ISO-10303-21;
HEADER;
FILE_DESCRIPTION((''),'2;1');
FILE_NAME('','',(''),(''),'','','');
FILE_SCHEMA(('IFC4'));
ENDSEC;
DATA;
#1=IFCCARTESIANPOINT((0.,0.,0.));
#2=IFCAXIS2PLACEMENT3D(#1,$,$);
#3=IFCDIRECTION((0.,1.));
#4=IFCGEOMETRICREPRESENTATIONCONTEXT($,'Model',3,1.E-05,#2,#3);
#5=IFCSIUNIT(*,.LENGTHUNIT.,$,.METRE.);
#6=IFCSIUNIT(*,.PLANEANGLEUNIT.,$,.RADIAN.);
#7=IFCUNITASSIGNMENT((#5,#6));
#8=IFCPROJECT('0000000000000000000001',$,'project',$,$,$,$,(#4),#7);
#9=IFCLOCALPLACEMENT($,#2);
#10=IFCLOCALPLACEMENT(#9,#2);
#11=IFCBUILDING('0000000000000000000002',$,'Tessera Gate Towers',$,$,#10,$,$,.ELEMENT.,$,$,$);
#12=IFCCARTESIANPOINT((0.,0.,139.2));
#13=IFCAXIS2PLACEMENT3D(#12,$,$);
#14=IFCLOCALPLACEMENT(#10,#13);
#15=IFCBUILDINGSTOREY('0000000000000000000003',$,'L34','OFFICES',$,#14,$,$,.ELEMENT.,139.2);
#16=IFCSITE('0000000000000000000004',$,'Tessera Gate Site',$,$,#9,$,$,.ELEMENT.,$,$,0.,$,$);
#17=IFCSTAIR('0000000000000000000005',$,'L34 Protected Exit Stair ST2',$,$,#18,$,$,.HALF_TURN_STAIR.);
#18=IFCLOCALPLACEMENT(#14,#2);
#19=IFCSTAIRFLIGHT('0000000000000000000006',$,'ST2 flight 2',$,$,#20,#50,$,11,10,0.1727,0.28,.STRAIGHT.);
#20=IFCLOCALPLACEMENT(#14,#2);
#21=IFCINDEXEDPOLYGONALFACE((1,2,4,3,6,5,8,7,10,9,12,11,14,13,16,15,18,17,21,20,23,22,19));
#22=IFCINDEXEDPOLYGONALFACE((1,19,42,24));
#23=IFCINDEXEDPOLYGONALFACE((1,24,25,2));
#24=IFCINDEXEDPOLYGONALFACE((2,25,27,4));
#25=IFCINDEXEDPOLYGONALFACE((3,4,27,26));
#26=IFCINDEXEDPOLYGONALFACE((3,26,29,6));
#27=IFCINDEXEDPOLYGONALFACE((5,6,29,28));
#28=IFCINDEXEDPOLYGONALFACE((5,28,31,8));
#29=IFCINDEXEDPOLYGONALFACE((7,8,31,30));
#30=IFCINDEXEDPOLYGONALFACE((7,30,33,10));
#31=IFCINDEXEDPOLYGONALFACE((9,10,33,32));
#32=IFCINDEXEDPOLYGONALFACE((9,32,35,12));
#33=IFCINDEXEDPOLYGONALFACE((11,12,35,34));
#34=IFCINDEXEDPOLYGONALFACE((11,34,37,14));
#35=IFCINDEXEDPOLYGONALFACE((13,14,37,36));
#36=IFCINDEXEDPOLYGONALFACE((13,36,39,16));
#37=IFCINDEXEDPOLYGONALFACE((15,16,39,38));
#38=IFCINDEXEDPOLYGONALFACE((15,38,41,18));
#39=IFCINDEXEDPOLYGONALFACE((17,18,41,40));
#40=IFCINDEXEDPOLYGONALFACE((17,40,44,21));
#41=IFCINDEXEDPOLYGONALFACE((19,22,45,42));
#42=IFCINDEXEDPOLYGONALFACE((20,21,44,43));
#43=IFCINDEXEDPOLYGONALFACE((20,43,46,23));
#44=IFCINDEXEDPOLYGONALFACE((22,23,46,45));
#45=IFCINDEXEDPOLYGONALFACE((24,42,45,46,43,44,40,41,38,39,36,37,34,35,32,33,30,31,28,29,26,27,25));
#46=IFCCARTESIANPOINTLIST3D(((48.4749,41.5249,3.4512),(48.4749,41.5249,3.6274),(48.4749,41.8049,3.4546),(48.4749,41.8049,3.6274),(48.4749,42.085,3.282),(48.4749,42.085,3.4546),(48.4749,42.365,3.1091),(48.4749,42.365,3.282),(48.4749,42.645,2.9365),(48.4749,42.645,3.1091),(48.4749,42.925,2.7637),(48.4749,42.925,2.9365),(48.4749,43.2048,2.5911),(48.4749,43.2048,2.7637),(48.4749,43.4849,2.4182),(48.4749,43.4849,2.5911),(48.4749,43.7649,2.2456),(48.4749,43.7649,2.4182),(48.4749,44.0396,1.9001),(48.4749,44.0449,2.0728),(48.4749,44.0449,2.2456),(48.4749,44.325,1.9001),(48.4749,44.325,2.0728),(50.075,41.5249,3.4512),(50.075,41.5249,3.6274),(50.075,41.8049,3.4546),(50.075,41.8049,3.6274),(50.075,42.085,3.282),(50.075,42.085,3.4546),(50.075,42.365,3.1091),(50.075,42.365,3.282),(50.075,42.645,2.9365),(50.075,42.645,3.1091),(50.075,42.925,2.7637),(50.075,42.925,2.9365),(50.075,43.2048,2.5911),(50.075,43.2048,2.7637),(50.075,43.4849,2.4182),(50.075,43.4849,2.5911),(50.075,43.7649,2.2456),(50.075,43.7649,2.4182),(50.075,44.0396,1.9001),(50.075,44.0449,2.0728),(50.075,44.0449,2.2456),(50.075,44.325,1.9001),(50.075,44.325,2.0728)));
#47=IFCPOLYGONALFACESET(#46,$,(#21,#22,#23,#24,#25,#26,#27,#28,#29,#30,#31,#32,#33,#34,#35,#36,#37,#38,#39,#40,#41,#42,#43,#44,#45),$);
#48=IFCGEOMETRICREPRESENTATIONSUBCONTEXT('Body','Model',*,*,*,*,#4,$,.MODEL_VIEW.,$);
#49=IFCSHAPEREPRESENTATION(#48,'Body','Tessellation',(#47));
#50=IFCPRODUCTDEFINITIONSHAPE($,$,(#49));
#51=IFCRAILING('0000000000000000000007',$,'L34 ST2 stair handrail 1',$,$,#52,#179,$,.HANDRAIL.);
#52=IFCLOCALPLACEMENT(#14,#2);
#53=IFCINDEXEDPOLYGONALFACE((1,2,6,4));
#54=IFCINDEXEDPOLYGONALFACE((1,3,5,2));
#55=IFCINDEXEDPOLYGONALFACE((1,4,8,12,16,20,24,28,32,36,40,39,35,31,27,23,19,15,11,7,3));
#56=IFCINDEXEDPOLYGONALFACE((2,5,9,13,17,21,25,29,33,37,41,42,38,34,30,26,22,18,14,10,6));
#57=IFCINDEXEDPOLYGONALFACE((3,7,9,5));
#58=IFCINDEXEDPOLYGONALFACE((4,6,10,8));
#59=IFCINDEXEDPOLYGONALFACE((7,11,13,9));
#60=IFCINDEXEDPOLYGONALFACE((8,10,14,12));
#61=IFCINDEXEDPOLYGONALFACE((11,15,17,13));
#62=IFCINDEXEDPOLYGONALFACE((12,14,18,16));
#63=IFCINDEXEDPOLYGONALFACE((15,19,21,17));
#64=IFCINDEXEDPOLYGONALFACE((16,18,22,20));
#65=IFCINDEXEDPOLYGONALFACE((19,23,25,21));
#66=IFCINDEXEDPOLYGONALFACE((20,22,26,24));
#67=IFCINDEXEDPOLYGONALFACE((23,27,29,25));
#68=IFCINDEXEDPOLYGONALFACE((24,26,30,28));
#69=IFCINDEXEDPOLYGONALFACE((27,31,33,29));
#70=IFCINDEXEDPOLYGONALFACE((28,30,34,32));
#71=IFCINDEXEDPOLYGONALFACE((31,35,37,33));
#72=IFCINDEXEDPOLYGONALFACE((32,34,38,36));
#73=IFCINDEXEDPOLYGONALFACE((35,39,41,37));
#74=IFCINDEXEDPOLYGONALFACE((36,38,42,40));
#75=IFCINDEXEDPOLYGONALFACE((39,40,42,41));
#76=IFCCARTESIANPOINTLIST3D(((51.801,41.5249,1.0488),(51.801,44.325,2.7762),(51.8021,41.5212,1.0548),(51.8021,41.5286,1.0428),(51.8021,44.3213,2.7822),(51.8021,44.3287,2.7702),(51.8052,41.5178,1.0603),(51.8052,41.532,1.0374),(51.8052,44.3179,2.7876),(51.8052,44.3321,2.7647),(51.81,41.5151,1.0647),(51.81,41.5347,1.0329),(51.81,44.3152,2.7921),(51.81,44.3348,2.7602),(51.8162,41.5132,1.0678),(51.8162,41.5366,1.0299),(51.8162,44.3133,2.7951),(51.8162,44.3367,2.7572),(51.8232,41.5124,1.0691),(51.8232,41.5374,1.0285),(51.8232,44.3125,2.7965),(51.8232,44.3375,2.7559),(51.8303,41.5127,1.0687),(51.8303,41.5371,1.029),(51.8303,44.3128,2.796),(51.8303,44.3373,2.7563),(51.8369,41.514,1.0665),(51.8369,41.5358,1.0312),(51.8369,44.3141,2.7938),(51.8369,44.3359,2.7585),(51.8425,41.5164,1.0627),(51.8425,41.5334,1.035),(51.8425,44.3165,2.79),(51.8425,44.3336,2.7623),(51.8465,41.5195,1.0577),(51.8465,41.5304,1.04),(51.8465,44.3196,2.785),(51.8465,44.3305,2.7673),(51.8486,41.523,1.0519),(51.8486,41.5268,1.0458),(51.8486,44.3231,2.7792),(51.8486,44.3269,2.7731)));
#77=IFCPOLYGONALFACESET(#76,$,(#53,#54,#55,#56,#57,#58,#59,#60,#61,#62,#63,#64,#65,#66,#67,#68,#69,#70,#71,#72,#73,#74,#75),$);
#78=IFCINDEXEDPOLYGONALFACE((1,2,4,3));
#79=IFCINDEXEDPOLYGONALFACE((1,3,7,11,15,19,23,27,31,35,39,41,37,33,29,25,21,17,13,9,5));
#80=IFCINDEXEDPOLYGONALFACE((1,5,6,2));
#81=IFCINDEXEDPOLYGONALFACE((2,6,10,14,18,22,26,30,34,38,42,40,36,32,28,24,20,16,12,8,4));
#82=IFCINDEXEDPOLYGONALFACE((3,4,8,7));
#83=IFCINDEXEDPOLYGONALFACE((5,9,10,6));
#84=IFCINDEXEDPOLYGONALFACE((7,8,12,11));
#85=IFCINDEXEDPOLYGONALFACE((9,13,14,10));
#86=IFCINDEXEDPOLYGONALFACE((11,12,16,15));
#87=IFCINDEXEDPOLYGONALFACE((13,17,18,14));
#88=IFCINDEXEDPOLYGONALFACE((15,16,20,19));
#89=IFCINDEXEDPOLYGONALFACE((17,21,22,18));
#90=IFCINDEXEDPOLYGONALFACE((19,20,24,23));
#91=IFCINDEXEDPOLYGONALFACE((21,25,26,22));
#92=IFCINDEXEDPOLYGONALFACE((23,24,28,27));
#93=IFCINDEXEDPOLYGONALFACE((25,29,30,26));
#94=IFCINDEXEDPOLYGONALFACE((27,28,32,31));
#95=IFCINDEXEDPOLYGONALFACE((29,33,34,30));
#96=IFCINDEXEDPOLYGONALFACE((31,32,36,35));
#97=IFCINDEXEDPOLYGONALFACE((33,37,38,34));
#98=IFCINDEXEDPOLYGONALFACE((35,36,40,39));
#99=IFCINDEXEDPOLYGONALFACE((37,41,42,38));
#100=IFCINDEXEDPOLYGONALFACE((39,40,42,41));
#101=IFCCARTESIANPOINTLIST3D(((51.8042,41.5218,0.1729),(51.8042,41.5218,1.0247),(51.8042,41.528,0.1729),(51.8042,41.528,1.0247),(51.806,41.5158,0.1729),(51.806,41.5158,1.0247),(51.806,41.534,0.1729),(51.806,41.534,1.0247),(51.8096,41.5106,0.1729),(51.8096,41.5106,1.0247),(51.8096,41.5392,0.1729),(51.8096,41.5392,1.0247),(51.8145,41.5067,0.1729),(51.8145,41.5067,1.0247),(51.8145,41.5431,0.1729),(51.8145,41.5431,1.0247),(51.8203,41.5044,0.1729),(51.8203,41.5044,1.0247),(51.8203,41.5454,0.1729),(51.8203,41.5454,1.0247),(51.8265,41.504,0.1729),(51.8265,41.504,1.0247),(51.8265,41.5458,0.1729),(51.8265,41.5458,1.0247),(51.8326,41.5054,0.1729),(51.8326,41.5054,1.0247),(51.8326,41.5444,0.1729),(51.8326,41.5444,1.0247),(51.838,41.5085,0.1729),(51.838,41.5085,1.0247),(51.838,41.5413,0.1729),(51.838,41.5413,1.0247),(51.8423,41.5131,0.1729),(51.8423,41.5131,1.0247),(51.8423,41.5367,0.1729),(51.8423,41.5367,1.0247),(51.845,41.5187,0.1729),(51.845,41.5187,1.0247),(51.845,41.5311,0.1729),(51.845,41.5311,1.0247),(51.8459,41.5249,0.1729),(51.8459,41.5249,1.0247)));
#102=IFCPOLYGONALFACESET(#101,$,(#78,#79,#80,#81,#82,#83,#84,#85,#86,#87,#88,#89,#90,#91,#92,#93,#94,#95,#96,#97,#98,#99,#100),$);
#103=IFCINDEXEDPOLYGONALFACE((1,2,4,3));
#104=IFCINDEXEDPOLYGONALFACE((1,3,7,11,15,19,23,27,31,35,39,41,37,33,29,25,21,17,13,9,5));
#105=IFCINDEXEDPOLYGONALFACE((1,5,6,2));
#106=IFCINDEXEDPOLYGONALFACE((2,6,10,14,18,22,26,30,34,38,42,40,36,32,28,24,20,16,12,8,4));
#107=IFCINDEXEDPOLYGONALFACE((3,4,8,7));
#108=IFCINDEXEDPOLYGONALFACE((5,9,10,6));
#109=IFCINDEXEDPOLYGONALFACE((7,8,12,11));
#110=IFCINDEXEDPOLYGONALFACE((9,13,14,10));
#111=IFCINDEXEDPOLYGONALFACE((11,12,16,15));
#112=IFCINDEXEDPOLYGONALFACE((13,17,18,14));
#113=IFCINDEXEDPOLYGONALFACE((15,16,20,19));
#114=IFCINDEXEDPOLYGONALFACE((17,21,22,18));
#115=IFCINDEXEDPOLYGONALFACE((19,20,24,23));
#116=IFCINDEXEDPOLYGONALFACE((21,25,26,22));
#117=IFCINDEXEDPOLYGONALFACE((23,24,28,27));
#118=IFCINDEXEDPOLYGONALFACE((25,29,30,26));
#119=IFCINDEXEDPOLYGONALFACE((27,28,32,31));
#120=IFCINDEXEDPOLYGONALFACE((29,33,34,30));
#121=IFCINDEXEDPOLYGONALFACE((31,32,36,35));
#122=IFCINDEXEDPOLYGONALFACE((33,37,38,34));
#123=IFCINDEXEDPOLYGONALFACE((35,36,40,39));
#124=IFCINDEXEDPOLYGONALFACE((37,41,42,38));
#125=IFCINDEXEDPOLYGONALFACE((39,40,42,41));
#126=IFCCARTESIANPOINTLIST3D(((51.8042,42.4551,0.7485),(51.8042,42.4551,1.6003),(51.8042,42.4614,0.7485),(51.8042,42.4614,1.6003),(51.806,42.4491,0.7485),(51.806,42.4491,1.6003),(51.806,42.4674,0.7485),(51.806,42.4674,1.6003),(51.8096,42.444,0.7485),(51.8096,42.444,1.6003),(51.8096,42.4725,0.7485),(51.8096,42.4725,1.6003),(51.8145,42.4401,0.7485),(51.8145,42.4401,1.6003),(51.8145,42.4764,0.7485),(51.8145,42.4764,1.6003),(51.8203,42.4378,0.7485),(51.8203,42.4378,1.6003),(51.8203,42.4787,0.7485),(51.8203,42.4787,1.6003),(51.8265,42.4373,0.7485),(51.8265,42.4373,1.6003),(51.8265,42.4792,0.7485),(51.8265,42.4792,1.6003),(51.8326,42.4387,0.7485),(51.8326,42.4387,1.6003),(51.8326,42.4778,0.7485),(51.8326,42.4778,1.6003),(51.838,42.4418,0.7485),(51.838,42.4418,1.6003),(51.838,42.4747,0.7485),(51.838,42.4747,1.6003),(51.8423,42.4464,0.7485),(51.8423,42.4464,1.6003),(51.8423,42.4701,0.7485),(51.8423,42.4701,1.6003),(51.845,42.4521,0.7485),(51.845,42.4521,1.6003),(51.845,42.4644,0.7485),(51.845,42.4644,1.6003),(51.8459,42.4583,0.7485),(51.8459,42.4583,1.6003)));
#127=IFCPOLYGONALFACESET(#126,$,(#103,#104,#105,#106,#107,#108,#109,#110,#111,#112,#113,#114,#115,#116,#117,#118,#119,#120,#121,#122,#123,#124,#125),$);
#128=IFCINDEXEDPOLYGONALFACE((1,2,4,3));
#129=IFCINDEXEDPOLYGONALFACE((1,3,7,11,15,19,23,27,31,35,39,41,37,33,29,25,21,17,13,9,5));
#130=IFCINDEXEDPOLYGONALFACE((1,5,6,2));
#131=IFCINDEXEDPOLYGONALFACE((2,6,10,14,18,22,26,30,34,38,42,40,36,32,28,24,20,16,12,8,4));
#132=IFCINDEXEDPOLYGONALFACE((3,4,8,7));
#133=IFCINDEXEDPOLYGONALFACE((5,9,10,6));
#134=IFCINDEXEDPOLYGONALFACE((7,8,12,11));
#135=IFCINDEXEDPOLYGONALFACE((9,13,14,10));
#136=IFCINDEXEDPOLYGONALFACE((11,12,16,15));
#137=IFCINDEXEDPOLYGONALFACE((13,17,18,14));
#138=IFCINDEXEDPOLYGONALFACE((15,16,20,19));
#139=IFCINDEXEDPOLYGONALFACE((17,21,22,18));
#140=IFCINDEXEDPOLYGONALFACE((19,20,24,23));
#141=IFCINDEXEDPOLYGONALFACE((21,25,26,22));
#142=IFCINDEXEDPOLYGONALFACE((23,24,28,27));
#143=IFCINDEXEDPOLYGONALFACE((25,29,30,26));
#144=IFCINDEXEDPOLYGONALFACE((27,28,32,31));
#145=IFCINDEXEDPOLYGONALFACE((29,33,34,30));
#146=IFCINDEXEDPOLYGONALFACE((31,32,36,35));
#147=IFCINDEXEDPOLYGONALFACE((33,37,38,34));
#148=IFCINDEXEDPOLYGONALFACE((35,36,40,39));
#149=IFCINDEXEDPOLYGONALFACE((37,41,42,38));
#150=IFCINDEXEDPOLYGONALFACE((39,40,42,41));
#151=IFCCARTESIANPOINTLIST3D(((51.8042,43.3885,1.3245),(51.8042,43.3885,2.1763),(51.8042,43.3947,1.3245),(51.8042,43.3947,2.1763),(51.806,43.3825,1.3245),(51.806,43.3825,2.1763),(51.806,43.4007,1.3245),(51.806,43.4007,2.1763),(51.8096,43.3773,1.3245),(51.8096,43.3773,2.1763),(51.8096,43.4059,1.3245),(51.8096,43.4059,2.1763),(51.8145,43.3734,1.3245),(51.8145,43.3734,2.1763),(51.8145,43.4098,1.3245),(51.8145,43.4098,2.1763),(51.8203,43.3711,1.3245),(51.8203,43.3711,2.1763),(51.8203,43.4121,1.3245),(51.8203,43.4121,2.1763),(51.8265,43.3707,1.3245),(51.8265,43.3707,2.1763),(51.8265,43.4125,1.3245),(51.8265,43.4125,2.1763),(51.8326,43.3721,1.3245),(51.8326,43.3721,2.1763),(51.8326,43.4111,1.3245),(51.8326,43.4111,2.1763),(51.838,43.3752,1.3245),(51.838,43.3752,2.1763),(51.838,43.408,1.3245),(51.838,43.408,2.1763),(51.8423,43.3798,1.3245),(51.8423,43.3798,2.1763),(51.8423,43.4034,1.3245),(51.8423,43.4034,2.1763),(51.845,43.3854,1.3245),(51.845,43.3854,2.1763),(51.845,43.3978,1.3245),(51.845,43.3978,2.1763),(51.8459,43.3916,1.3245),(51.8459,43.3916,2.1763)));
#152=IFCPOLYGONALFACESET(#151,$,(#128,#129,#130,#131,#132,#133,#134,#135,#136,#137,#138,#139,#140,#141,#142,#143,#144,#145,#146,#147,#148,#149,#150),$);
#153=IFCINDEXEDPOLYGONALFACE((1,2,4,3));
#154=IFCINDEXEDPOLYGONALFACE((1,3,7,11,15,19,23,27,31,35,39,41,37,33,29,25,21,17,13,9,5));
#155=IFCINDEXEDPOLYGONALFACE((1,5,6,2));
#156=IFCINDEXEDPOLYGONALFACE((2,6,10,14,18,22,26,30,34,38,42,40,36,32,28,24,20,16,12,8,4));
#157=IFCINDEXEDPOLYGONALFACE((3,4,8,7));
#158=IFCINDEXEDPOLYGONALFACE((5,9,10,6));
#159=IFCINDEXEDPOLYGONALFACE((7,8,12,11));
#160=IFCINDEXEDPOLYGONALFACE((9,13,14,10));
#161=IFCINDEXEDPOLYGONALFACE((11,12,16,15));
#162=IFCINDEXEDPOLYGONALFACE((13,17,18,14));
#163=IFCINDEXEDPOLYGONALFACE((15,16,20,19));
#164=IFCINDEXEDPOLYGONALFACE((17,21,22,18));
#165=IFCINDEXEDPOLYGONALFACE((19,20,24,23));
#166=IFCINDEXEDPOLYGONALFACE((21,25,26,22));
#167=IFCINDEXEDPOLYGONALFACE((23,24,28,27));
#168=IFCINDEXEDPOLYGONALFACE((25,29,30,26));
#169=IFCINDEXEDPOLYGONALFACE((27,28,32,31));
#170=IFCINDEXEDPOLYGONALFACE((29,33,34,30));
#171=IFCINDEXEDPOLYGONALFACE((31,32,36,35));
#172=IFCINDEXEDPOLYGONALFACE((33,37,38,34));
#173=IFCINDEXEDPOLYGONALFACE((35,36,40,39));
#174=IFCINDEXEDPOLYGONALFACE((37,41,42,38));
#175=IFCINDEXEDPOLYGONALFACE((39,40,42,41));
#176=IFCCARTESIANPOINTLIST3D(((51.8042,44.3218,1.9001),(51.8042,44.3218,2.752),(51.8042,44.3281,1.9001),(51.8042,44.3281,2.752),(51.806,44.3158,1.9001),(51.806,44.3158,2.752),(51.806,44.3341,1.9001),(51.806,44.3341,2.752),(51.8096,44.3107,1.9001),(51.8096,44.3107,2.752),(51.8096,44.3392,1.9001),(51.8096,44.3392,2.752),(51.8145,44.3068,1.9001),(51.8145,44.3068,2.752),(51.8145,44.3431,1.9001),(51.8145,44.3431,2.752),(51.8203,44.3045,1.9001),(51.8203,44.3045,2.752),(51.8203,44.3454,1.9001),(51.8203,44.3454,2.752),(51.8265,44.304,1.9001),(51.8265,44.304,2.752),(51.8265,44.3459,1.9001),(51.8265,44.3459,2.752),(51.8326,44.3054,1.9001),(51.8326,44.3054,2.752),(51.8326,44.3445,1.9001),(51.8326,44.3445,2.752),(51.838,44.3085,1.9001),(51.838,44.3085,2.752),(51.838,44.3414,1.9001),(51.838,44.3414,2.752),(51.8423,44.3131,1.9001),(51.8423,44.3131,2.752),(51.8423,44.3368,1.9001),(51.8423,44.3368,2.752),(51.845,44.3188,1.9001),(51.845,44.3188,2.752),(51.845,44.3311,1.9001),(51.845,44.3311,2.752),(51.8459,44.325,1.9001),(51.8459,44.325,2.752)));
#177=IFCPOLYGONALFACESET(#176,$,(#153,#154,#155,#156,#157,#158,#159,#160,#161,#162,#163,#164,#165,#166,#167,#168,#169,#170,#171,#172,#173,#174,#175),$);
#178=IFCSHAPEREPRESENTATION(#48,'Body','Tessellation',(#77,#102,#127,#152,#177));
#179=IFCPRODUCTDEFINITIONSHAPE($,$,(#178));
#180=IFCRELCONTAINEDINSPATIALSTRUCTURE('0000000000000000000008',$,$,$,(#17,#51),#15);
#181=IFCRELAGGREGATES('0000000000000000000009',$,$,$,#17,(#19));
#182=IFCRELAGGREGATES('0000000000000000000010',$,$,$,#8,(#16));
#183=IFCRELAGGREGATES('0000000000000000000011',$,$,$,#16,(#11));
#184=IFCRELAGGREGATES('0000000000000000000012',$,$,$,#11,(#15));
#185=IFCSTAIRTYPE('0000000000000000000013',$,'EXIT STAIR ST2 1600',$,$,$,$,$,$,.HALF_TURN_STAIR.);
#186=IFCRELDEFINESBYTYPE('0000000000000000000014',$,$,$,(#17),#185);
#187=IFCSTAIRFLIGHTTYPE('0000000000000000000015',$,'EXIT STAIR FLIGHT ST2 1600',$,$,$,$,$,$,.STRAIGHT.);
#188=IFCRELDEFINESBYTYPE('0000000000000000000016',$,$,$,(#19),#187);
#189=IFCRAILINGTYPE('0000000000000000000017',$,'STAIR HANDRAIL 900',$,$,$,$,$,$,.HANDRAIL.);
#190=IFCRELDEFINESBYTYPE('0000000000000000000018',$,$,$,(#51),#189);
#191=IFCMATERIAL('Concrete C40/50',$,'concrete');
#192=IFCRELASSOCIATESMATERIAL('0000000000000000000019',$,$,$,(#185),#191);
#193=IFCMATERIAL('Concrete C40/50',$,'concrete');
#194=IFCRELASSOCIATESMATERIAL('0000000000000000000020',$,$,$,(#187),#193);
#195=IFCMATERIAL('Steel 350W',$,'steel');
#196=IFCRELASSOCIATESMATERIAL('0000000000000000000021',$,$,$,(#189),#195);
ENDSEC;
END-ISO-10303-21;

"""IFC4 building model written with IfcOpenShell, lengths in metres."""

from ifc_helpers import new_model, si_unit, direction, frame, origin, origin_2d, place, context, subcontext, project, spatial, polyline, circle, outline, extrude, material, type_object, element, aggregate, save


model = new_model("IFC4")

# Units and contexts
model_context = context("Model", 3, precision=1e-05, world=origin(), true_north=direction((0.0, 1.0)))
body_context = subcontext(model_context, "Body", "Model", "MODEL_VIEW")
ifc_project = project(units=[si_unit("LENGTHUNIT", "METRE"), si_unit("PLANEANGLEUNIT", "RADIAN")], contexts=[model_context])

# Site, building, storey
site_placement = place(None, origin())
site = spatial("IfcSite", under=ifc_project, at=site_placement, Name="Tessera Gate Site", CompositionType="ELEMENT", RefElevation=0.0)
building_placement = place(site_placement, origin())
building = spatial("IfcBuilding", under=site, at=building_placement, Name="Tessera Gate Towers", CompositionType="ELEMENT")
storey_placement = place(building_placement, frame((0.0, 0.0, 139.2)))
storey = spatial("IfcBuildingStorey", under=building, at=storey_placement, Name="L34", Description="OFFICES", CompositionType="ELEMENT", Elevation=139.2)

# Stair, stair flight
ifc_material_1 = material(Name="Concrete C40/50", Category="concrete")
stair_type = type_object("IfcStairType", Name="EXIT STAIR ST2 1600", PredefinedType="HALF_TURN_STAIR", material=ifc_material_1)
stair_placement = place(storey_placement, origin())
stair = element("IfcStair", 1, at=stair_placement, inside=storey, type_object=stair_type, Name="L34 Protected Exit Stair ST2", PredefinedType="HALF_TURN_STAIR")
ifc_material_2 = material(Name="Concrete C40/50", Category="concrete")
stair_flight_type = type_object("IfcStairFlightType", Name="EXIT STAIR FLIGHT ST2 1600", PredefinedType="STRAIGHT", material=ifc_material_2)
stair_flight_1_placement = place(storey_placement, frame((49.2749, 44.325, 1.9001), z_axis=(0.0, 0.0, 1.0), x_axis=(0.0, -1.0, 0.0)))
stair_flight_1 = element("IfcStairFlight", 2, at=stair_flight_1_placement, type_object=stair_flight_type, Name="ST2 flight 2", NumberOfRisers=11, NumberOfTreads=10, PredefinedType="STRAIGHT", RiserHeight=0.1727, TreadLength=0.28, context=body_context, shape_type="SweptSolid", body=[
    extrude(outline(polyline([(0.0, 0.0), (0.0, 0.1726), (0.28, 0.1726), (0.28, 0.3455), (0.5601, 0.3455), (0.5601, 0.5181), (0.8401, 0.5181), (0.8401, 0.6909), (1.1201, 0.6909), (1.1201, 0.8635), (1.3999, 0.8635), (1.3999, 1.0364), (1.6799, 1.0364), (1.6799, 1.209), (1.96, 1.209), (1.96, 1.3818), (2.24, 1.3818), (2.24, 1.5544), (2.52, 1.5544), (2.52, 1.7273), (2.8, 1.7273), (2.8, 1.8999), (2.8, 1.551), (0.2854, 0.0), (0.0, 0.0)])), frame((0.0, 0.8, 0.0), z_axis=(0.0, -1.0, 0.0), x_axis=(1.0, 0.0, 0.0)), (0.0, 0.0, 1.0), 1.6001),
])
aggregate(stair, [stair_flight_1])

# Railing
ifc_material_3 = material(Name="Steel 350W", Category="steel")
railing_type_1 = type_object("IfcRailingType", Name="STAIR HANDRAIL 900", PredefinedType="HANDRAIL", material=ifc_material_3)
railing_1_placement = place(storey_placement, frame((51.825, 41.5249, 0.1729)))
element("IfcRailing", 3, at=railing_1_placement, inside=storey, type_object=railing_type_1, Name="L34 ST2 stair handrail 1", PredefinedType="HANDRAIL", context=body_context, shape_type="SweptSolid", body=[
    extrude(circle(Radius=0.0239, at=origin_2d()), frame((0.0, 0.0, 0.876), z_axis=(0.0, 0.85109, 0.52502), x_axis=(-1.0, 0.0, 0.0)), (0.0, 0.0, 1.0), 3.29),
    extrude(circle(Radius=0.021, at=origin_2d()), origin(), (0.0, 0.0, 1.0), 0.8518),
    extrude(circle(Radius=0.021, at=origin_2d()), frame((0.0, 0.9333, 0.5757)), (0.0, 0.0, 1.0), 0.8518),
    extrude(circle(Radius=0.021, at=origin_2d()), frame((0.0, 1.8667, 1.1516)), (0.0, 0.0, 1.0), 0.8518),
    extrude(circle(Radius=0.021, at=origin_2d()), frame((0.0, 2.8, 1.7273)), (0.0, 0.0, 1.0), 0.8518),
])

save(model, "model.ifc")
